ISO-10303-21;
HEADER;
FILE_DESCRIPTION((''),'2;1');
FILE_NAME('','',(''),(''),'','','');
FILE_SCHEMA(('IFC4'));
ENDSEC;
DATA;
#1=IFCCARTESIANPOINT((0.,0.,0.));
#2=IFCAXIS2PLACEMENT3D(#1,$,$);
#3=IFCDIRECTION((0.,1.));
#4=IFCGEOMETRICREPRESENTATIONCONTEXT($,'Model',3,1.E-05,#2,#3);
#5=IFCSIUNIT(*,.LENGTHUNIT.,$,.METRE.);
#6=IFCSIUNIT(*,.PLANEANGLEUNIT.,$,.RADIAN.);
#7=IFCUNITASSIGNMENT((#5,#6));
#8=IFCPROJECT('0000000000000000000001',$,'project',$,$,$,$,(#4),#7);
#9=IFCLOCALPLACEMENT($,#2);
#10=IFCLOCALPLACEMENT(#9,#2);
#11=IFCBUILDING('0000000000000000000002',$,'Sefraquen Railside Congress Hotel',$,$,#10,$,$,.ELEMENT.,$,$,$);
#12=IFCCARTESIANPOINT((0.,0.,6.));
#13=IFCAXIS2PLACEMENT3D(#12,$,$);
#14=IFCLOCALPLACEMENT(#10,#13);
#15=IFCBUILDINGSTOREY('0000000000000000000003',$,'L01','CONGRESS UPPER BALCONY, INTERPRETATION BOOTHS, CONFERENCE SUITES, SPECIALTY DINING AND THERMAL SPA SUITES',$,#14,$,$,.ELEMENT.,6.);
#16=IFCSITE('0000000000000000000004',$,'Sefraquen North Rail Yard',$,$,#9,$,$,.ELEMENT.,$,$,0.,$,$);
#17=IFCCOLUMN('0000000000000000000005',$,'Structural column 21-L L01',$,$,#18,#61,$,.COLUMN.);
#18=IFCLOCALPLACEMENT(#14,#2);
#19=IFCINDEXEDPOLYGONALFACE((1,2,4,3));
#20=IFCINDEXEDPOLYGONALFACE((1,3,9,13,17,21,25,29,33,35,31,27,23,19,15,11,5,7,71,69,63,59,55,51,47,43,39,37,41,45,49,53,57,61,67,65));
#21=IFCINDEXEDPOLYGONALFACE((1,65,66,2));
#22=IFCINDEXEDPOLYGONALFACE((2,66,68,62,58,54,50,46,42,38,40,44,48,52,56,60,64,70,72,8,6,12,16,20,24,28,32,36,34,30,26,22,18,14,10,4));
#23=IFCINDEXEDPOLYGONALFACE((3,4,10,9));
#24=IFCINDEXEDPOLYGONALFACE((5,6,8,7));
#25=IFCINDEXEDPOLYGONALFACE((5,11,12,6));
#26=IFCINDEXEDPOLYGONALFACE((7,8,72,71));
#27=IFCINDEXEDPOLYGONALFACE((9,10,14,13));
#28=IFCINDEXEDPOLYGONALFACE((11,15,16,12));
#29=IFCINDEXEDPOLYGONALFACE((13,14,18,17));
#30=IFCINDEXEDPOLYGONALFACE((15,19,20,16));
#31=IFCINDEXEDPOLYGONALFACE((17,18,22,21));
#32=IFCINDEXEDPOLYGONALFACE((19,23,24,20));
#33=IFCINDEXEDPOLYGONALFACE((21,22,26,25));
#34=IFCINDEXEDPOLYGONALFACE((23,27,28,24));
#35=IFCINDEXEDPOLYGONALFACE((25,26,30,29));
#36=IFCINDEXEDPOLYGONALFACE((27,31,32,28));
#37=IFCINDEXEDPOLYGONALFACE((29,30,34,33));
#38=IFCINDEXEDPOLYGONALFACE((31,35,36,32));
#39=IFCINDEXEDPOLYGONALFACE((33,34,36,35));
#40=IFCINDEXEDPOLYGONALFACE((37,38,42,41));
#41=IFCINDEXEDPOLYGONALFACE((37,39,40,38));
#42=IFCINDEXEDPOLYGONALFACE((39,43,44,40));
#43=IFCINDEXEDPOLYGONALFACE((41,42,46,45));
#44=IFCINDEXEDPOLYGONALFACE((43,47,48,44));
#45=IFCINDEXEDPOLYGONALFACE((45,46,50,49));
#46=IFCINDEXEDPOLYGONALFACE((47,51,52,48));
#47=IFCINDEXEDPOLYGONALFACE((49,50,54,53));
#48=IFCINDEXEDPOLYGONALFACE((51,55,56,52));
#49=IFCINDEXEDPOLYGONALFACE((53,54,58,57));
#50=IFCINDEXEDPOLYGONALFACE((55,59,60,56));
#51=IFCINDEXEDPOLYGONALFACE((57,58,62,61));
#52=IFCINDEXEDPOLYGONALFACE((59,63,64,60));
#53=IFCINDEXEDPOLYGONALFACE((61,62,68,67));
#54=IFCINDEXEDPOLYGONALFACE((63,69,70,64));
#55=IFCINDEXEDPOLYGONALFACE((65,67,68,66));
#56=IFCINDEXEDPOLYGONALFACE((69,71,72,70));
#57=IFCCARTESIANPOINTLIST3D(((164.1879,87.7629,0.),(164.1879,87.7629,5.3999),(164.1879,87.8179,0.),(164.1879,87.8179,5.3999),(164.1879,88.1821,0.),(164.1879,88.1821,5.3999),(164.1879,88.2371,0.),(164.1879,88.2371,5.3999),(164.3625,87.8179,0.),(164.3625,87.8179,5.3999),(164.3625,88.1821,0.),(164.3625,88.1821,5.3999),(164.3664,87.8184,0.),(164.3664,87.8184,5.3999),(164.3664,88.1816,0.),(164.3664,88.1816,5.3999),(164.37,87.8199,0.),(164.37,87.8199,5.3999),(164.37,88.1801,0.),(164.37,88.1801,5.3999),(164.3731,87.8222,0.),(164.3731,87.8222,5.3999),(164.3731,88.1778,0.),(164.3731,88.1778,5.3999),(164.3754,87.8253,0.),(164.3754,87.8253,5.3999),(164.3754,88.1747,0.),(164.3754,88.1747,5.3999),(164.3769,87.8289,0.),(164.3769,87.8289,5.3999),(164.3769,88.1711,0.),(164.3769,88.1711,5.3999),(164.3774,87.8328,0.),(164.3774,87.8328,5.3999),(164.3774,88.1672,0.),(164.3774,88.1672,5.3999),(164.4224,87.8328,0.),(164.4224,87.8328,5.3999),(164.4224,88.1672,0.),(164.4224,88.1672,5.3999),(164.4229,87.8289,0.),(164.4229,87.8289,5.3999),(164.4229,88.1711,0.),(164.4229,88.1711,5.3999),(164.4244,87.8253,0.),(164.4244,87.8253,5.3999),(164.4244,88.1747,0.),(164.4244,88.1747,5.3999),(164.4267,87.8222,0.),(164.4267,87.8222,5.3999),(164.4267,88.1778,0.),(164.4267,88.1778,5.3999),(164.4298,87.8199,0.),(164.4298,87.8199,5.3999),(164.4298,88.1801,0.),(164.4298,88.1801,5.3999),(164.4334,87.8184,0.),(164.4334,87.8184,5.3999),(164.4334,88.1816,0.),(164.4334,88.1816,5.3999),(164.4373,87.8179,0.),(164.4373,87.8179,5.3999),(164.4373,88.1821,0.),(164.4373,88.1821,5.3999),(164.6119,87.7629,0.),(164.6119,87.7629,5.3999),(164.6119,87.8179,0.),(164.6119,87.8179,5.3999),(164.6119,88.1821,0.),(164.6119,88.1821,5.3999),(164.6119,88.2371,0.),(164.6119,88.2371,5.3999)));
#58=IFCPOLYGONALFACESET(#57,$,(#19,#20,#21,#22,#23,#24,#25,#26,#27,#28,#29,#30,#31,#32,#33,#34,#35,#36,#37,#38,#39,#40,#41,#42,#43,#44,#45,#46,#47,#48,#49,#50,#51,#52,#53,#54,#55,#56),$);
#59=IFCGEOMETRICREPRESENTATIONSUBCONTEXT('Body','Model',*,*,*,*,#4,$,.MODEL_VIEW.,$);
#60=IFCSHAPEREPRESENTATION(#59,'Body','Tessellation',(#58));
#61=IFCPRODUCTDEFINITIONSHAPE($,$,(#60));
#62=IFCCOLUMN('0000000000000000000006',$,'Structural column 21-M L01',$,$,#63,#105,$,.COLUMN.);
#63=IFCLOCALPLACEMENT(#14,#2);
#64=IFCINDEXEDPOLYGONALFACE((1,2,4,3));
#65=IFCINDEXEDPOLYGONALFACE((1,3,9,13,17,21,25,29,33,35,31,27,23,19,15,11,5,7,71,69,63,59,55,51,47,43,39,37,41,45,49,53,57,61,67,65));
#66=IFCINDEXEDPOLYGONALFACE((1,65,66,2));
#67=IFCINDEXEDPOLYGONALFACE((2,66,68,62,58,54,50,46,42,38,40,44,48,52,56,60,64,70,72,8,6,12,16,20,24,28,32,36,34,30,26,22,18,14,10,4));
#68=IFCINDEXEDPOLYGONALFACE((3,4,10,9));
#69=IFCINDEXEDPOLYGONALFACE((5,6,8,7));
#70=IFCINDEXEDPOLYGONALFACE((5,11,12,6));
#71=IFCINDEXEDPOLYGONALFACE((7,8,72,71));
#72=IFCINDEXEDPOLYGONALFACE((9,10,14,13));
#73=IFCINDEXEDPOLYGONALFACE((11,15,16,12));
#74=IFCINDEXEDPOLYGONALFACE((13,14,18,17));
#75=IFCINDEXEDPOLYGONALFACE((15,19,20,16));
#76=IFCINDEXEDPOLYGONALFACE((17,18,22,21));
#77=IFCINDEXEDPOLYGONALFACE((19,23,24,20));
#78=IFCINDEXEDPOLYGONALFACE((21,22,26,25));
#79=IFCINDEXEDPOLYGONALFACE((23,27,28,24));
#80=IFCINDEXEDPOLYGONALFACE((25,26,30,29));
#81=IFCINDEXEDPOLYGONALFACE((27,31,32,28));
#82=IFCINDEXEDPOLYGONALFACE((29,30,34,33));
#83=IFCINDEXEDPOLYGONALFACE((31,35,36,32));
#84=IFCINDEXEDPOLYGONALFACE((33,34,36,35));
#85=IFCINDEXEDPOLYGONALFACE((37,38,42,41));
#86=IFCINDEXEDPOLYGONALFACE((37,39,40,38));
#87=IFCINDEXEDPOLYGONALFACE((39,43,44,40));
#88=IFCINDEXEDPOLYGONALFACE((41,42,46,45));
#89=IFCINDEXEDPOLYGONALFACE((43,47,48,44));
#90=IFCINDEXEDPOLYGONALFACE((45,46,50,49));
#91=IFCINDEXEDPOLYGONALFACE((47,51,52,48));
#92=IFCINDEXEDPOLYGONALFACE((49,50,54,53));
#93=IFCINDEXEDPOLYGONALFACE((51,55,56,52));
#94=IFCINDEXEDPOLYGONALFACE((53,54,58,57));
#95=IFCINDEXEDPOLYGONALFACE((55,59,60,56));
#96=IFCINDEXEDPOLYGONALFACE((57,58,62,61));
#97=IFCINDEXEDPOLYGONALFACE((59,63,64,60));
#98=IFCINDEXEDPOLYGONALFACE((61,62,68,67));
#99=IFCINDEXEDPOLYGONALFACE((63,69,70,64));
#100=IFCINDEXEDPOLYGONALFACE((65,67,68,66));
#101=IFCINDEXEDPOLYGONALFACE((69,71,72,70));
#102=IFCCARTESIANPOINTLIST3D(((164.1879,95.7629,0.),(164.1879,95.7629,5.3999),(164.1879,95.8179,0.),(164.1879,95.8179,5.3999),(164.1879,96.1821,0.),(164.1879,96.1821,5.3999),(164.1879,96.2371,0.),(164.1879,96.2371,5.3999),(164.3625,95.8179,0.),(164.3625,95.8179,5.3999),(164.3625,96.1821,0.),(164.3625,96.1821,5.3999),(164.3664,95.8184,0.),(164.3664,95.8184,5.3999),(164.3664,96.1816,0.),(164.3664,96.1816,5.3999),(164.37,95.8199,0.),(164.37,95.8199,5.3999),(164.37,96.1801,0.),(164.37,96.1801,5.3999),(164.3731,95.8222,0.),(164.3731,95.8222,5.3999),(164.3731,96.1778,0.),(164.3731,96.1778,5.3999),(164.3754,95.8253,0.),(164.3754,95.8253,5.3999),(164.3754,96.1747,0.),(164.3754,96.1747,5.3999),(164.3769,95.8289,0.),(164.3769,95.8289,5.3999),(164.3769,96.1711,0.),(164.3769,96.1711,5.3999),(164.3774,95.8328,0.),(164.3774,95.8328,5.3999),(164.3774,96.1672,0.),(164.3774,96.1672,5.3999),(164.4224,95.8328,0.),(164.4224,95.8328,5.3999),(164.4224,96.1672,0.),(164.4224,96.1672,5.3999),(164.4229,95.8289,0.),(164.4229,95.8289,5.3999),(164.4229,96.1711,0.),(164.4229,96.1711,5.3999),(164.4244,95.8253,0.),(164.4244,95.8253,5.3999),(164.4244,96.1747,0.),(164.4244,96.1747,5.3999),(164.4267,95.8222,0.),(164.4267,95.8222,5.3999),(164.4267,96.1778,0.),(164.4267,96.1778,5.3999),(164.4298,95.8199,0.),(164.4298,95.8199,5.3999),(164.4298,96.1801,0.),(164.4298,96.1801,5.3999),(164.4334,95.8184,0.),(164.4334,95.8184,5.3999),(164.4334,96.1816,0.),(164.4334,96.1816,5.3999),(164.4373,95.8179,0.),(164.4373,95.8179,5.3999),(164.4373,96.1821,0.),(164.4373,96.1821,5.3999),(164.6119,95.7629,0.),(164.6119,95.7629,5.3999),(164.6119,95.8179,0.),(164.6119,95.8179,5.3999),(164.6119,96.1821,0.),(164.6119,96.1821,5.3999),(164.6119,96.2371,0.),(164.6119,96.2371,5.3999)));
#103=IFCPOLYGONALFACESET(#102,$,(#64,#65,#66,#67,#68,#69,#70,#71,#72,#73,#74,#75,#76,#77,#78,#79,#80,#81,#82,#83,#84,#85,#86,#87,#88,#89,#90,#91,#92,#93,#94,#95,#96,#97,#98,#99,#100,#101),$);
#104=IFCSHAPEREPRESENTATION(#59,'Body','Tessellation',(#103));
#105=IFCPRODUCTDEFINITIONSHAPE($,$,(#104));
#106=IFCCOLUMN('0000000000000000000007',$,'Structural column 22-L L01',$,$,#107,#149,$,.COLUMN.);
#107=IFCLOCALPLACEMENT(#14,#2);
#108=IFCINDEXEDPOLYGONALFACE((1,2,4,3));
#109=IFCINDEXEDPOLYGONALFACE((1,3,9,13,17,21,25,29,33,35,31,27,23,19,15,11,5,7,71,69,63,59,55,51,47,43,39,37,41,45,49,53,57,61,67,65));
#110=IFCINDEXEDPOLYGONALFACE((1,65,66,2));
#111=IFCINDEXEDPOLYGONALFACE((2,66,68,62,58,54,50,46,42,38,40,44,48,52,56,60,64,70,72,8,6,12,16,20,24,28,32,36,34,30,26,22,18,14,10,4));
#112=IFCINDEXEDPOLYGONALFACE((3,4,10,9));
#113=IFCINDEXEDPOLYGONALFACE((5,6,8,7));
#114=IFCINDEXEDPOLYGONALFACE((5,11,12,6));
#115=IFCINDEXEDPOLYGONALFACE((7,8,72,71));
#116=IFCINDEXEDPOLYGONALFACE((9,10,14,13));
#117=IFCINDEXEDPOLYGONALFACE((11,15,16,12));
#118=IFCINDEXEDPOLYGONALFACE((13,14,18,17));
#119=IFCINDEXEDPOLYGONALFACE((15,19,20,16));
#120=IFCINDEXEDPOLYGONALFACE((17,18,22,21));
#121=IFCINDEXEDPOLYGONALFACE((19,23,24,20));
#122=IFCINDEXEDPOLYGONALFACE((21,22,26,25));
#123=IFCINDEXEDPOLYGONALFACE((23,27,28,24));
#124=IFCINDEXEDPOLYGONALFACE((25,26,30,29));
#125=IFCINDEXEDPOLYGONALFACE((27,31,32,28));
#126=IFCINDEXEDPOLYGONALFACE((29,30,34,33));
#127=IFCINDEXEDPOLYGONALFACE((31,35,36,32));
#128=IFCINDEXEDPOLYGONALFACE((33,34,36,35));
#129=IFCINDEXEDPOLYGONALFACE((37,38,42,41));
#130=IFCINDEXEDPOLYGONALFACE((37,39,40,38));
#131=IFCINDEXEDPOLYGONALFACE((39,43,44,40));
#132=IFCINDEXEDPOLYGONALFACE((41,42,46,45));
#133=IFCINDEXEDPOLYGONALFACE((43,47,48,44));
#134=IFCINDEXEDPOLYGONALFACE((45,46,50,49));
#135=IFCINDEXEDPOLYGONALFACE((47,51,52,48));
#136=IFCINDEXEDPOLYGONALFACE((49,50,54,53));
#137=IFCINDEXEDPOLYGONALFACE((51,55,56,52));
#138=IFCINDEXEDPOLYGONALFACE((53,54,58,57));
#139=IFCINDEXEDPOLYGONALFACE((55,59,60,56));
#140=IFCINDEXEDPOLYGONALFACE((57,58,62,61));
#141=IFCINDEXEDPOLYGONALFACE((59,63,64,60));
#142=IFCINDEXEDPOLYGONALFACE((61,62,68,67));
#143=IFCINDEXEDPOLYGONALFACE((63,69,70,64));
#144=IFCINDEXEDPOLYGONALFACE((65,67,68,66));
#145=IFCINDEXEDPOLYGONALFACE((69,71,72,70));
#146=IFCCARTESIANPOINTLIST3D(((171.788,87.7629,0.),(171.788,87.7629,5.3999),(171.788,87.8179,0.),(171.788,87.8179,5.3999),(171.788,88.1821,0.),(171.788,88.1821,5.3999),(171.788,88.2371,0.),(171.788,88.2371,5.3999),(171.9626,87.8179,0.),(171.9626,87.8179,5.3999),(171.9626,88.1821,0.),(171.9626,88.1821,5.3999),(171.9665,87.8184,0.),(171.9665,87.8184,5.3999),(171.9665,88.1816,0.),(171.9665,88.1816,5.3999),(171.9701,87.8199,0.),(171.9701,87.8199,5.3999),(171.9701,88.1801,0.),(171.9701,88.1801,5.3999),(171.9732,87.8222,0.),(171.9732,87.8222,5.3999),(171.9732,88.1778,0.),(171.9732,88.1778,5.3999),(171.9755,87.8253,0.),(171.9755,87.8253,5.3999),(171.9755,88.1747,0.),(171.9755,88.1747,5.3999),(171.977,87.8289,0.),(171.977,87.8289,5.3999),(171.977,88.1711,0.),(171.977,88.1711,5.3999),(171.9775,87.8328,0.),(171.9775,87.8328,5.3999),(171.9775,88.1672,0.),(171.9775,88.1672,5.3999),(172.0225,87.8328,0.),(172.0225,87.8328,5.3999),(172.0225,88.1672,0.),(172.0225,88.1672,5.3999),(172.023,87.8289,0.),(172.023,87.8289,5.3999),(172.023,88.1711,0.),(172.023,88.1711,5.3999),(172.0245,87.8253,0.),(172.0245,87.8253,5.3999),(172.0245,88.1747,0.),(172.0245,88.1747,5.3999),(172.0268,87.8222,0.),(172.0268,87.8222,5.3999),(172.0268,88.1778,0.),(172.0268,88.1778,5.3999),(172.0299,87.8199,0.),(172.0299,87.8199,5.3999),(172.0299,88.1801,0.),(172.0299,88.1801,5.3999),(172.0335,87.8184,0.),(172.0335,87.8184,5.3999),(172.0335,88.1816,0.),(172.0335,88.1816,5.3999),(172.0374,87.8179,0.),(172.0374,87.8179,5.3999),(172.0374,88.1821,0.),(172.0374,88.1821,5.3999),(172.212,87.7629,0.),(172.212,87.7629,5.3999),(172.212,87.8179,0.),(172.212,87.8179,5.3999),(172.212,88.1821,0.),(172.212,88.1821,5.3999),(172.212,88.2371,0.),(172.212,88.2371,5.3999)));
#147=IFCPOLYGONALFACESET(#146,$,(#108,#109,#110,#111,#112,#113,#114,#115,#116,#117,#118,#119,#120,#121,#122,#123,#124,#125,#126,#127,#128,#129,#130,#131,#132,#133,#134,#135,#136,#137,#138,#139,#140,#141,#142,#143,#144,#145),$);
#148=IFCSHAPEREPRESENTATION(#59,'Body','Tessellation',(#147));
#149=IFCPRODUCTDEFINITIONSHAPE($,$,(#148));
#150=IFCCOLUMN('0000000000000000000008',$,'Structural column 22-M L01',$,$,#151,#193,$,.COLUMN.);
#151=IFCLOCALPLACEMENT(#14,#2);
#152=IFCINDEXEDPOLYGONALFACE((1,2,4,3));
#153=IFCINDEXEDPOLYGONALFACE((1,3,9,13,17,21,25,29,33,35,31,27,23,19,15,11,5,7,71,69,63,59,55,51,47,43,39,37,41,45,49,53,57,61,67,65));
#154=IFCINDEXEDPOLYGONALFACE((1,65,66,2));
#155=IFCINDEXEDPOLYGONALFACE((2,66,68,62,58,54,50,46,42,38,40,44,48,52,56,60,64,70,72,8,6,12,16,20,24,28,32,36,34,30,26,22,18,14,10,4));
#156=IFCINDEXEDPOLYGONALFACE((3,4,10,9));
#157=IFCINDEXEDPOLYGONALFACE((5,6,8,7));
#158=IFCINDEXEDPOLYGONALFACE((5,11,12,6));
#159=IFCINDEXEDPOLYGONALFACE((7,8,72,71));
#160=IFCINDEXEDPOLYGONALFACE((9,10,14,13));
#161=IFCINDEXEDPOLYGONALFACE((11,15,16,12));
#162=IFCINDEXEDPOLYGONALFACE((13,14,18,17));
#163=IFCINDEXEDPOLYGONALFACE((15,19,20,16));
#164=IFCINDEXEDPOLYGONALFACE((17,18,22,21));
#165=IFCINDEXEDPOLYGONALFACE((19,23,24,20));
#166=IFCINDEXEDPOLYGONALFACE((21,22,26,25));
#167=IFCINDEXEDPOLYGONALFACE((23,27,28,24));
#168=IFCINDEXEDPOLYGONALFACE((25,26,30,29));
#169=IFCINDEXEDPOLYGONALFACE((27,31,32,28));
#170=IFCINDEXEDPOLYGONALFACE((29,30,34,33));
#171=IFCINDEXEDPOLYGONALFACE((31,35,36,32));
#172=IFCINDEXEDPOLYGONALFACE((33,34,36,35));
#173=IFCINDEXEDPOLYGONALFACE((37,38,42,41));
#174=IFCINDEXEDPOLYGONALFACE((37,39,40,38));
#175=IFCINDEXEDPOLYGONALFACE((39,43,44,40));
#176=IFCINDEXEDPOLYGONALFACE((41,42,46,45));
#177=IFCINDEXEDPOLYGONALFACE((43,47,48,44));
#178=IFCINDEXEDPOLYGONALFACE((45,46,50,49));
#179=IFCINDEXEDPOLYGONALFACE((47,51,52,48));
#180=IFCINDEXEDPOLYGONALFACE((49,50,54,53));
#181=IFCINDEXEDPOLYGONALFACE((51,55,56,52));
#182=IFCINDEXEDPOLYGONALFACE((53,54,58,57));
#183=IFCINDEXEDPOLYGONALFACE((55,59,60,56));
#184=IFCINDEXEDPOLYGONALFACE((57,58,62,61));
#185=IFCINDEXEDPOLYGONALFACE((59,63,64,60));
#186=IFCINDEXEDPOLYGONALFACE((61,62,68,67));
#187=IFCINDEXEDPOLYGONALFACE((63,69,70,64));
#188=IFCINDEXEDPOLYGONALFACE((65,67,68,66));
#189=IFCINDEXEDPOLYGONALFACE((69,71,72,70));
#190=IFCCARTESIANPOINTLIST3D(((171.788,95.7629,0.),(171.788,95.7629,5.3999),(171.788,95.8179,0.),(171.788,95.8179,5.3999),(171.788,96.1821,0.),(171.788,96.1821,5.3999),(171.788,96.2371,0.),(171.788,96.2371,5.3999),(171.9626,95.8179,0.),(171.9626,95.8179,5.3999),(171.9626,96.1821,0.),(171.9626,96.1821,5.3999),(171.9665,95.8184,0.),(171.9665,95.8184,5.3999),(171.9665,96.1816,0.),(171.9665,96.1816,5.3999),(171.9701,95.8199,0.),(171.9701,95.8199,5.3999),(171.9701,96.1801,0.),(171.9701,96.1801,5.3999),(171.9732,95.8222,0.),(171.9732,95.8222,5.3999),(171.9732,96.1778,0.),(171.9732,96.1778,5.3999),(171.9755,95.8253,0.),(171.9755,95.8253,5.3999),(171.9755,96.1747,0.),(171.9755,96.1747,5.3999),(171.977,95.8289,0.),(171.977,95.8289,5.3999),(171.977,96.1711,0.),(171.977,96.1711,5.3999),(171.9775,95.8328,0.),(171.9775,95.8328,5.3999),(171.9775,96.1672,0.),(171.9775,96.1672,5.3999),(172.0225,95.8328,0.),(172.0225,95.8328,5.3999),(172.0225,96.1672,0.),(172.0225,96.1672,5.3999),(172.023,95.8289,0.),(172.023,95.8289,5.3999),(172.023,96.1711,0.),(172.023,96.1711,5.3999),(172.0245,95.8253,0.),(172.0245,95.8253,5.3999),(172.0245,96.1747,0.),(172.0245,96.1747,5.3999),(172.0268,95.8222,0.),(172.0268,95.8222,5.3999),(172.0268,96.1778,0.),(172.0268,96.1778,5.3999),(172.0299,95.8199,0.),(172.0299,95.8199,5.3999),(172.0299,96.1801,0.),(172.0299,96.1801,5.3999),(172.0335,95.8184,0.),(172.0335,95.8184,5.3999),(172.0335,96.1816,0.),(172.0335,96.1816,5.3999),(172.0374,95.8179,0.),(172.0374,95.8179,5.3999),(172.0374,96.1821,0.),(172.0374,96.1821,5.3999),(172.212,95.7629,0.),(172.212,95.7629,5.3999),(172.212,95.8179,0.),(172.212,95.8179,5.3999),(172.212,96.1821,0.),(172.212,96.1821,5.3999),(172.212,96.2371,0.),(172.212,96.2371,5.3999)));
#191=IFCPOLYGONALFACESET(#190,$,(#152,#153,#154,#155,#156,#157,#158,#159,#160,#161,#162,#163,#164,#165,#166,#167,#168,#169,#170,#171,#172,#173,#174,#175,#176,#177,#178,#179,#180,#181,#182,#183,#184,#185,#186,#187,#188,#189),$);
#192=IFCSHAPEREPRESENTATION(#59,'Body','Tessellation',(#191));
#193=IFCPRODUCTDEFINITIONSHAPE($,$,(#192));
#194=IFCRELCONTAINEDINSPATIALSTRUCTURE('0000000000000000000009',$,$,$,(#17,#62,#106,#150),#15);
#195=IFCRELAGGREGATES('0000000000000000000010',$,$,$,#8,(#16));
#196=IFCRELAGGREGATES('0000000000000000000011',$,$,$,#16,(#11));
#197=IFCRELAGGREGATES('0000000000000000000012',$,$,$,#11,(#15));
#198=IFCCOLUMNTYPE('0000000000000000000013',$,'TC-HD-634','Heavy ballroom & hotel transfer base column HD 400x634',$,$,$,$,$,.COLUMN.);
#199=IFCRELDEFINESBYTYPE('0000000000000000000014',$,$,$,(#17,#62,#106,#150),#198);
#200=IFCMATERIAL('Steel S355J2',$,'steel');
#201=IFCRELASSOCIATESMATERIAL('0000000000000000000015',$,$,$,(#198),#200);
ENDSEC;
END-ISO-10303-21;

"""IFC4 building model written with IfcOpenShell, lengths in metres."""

from ifc_helpers import new_model, si_unit, direction, frame, origin, origin_2d, place, context, subcontext, project, spatial, i_section, extrude, material, material_profile, profile_set, type_object, element, save


model = new_model("IFC4")

# Units and contexts
model_context = context("Model", 3, precision=1e-05, world=origin(), true_north=direction((0.0, 1.0)))
body_context = subcontext(model_context, "Body", "Model", "MODEL_VIEW")
ifc_project = project(units=[si_unit("LENGTHUNIT", "METRE"), si_unit("PLANEANGLEUNIT", "RADIAN")], contexts=[model_context])

# Site, building, storey
site_placement = place(None, origin())
site = spatial("IfcSite", under=ifc_project, at=site_placement, Name="Sefraquen North Rail Yard", CompositionType="ELEMENT", RefElevation=0.0)
building_placement = place(site_placement, origin())
building = spatial("IfcBuilding", under=site, at=building_placement, Name="Sefraquen Railside Congress Hotel", CompositionType="ELEMENT")
storey_placement = place(building_placement, frame((0.0, 0.0, 6.0)))
storey = spatial("IfcBuildingStorey", under=building, at=storey_placement, Name="L01", Description="CONGRESS UPPER BALCONY, INTERPRETATION BOOTHS, CONFERENCE SUITES, SPECIALTY DINING AND THERMAL SPA SUITES", CompositionType="ELEMENT", Elevation=6.0)

# Columns
ifc_material_1 = material(Name="Steel S355J2", Category="steel")
ifc_material_profile_1 = material_profile(ifc_material_1, i_section(OverallWidth=0.4241, OverallDepth=0.4741, WebThickness=0.0449, FlangeThickness=0.0549, FilletRadius=0.0149, at=origin_2d()), Name="HD 400x634")
ifc_profile_set_1 = profile_set([ifc_material_profile_1], Name="Steel S355J2")
column_type = type_object("IfcColumnType", Name="TC-HD-634", Description="Heavy ballroom & hotel transfer base column HD 400x634", PredefinedType="COLUMN", material=ifc_profile_set_1)
for number, where, z_axis, x_axis, name in (
    (1, (164.3999, 88.0, 0.0), (0.0, 0.0, 1.0), (1.0, 0.0, 0.0), "Structural column 21-L L01"),
    (2, (164.3999, 96.0, 0.0), (0.0, 0.0, 1.0), (1.0, 0.0, 0.0), "Structural column 21-M L01"),
    (3, (172.0, 88.0, 0.0), (0.0, 0.0, 1.0), (1.0, 0.0, 0.0), "Structural column 22-L L01"),
    (4, (172.0, 96.0, 0.0), (0.0, 0.0, 1.0), (1.0, 0.0, 0.0), "Structural column 22-M L01"),
):
    element("IfcColumn", number, at=place(storey_placement, frame(where, z_axis=z_axis, x_axis=x_axis)), inside=storey, type_object=column_type, Name=name, PredefinedType="COLUMN", context=body_context, shape_type="SweptSolid", body=[
        extrude(i_section(OverallWidth=0.4241, OverallDepth=0.4741, WebThickness=0.0449, FlangeThickness=0.0549, FilletRadius=0.0149, at=origin_2d()), origin(), (0.0, 0.0, 1.0), 5.3999),
    ])

save(model, "model.ifc")
